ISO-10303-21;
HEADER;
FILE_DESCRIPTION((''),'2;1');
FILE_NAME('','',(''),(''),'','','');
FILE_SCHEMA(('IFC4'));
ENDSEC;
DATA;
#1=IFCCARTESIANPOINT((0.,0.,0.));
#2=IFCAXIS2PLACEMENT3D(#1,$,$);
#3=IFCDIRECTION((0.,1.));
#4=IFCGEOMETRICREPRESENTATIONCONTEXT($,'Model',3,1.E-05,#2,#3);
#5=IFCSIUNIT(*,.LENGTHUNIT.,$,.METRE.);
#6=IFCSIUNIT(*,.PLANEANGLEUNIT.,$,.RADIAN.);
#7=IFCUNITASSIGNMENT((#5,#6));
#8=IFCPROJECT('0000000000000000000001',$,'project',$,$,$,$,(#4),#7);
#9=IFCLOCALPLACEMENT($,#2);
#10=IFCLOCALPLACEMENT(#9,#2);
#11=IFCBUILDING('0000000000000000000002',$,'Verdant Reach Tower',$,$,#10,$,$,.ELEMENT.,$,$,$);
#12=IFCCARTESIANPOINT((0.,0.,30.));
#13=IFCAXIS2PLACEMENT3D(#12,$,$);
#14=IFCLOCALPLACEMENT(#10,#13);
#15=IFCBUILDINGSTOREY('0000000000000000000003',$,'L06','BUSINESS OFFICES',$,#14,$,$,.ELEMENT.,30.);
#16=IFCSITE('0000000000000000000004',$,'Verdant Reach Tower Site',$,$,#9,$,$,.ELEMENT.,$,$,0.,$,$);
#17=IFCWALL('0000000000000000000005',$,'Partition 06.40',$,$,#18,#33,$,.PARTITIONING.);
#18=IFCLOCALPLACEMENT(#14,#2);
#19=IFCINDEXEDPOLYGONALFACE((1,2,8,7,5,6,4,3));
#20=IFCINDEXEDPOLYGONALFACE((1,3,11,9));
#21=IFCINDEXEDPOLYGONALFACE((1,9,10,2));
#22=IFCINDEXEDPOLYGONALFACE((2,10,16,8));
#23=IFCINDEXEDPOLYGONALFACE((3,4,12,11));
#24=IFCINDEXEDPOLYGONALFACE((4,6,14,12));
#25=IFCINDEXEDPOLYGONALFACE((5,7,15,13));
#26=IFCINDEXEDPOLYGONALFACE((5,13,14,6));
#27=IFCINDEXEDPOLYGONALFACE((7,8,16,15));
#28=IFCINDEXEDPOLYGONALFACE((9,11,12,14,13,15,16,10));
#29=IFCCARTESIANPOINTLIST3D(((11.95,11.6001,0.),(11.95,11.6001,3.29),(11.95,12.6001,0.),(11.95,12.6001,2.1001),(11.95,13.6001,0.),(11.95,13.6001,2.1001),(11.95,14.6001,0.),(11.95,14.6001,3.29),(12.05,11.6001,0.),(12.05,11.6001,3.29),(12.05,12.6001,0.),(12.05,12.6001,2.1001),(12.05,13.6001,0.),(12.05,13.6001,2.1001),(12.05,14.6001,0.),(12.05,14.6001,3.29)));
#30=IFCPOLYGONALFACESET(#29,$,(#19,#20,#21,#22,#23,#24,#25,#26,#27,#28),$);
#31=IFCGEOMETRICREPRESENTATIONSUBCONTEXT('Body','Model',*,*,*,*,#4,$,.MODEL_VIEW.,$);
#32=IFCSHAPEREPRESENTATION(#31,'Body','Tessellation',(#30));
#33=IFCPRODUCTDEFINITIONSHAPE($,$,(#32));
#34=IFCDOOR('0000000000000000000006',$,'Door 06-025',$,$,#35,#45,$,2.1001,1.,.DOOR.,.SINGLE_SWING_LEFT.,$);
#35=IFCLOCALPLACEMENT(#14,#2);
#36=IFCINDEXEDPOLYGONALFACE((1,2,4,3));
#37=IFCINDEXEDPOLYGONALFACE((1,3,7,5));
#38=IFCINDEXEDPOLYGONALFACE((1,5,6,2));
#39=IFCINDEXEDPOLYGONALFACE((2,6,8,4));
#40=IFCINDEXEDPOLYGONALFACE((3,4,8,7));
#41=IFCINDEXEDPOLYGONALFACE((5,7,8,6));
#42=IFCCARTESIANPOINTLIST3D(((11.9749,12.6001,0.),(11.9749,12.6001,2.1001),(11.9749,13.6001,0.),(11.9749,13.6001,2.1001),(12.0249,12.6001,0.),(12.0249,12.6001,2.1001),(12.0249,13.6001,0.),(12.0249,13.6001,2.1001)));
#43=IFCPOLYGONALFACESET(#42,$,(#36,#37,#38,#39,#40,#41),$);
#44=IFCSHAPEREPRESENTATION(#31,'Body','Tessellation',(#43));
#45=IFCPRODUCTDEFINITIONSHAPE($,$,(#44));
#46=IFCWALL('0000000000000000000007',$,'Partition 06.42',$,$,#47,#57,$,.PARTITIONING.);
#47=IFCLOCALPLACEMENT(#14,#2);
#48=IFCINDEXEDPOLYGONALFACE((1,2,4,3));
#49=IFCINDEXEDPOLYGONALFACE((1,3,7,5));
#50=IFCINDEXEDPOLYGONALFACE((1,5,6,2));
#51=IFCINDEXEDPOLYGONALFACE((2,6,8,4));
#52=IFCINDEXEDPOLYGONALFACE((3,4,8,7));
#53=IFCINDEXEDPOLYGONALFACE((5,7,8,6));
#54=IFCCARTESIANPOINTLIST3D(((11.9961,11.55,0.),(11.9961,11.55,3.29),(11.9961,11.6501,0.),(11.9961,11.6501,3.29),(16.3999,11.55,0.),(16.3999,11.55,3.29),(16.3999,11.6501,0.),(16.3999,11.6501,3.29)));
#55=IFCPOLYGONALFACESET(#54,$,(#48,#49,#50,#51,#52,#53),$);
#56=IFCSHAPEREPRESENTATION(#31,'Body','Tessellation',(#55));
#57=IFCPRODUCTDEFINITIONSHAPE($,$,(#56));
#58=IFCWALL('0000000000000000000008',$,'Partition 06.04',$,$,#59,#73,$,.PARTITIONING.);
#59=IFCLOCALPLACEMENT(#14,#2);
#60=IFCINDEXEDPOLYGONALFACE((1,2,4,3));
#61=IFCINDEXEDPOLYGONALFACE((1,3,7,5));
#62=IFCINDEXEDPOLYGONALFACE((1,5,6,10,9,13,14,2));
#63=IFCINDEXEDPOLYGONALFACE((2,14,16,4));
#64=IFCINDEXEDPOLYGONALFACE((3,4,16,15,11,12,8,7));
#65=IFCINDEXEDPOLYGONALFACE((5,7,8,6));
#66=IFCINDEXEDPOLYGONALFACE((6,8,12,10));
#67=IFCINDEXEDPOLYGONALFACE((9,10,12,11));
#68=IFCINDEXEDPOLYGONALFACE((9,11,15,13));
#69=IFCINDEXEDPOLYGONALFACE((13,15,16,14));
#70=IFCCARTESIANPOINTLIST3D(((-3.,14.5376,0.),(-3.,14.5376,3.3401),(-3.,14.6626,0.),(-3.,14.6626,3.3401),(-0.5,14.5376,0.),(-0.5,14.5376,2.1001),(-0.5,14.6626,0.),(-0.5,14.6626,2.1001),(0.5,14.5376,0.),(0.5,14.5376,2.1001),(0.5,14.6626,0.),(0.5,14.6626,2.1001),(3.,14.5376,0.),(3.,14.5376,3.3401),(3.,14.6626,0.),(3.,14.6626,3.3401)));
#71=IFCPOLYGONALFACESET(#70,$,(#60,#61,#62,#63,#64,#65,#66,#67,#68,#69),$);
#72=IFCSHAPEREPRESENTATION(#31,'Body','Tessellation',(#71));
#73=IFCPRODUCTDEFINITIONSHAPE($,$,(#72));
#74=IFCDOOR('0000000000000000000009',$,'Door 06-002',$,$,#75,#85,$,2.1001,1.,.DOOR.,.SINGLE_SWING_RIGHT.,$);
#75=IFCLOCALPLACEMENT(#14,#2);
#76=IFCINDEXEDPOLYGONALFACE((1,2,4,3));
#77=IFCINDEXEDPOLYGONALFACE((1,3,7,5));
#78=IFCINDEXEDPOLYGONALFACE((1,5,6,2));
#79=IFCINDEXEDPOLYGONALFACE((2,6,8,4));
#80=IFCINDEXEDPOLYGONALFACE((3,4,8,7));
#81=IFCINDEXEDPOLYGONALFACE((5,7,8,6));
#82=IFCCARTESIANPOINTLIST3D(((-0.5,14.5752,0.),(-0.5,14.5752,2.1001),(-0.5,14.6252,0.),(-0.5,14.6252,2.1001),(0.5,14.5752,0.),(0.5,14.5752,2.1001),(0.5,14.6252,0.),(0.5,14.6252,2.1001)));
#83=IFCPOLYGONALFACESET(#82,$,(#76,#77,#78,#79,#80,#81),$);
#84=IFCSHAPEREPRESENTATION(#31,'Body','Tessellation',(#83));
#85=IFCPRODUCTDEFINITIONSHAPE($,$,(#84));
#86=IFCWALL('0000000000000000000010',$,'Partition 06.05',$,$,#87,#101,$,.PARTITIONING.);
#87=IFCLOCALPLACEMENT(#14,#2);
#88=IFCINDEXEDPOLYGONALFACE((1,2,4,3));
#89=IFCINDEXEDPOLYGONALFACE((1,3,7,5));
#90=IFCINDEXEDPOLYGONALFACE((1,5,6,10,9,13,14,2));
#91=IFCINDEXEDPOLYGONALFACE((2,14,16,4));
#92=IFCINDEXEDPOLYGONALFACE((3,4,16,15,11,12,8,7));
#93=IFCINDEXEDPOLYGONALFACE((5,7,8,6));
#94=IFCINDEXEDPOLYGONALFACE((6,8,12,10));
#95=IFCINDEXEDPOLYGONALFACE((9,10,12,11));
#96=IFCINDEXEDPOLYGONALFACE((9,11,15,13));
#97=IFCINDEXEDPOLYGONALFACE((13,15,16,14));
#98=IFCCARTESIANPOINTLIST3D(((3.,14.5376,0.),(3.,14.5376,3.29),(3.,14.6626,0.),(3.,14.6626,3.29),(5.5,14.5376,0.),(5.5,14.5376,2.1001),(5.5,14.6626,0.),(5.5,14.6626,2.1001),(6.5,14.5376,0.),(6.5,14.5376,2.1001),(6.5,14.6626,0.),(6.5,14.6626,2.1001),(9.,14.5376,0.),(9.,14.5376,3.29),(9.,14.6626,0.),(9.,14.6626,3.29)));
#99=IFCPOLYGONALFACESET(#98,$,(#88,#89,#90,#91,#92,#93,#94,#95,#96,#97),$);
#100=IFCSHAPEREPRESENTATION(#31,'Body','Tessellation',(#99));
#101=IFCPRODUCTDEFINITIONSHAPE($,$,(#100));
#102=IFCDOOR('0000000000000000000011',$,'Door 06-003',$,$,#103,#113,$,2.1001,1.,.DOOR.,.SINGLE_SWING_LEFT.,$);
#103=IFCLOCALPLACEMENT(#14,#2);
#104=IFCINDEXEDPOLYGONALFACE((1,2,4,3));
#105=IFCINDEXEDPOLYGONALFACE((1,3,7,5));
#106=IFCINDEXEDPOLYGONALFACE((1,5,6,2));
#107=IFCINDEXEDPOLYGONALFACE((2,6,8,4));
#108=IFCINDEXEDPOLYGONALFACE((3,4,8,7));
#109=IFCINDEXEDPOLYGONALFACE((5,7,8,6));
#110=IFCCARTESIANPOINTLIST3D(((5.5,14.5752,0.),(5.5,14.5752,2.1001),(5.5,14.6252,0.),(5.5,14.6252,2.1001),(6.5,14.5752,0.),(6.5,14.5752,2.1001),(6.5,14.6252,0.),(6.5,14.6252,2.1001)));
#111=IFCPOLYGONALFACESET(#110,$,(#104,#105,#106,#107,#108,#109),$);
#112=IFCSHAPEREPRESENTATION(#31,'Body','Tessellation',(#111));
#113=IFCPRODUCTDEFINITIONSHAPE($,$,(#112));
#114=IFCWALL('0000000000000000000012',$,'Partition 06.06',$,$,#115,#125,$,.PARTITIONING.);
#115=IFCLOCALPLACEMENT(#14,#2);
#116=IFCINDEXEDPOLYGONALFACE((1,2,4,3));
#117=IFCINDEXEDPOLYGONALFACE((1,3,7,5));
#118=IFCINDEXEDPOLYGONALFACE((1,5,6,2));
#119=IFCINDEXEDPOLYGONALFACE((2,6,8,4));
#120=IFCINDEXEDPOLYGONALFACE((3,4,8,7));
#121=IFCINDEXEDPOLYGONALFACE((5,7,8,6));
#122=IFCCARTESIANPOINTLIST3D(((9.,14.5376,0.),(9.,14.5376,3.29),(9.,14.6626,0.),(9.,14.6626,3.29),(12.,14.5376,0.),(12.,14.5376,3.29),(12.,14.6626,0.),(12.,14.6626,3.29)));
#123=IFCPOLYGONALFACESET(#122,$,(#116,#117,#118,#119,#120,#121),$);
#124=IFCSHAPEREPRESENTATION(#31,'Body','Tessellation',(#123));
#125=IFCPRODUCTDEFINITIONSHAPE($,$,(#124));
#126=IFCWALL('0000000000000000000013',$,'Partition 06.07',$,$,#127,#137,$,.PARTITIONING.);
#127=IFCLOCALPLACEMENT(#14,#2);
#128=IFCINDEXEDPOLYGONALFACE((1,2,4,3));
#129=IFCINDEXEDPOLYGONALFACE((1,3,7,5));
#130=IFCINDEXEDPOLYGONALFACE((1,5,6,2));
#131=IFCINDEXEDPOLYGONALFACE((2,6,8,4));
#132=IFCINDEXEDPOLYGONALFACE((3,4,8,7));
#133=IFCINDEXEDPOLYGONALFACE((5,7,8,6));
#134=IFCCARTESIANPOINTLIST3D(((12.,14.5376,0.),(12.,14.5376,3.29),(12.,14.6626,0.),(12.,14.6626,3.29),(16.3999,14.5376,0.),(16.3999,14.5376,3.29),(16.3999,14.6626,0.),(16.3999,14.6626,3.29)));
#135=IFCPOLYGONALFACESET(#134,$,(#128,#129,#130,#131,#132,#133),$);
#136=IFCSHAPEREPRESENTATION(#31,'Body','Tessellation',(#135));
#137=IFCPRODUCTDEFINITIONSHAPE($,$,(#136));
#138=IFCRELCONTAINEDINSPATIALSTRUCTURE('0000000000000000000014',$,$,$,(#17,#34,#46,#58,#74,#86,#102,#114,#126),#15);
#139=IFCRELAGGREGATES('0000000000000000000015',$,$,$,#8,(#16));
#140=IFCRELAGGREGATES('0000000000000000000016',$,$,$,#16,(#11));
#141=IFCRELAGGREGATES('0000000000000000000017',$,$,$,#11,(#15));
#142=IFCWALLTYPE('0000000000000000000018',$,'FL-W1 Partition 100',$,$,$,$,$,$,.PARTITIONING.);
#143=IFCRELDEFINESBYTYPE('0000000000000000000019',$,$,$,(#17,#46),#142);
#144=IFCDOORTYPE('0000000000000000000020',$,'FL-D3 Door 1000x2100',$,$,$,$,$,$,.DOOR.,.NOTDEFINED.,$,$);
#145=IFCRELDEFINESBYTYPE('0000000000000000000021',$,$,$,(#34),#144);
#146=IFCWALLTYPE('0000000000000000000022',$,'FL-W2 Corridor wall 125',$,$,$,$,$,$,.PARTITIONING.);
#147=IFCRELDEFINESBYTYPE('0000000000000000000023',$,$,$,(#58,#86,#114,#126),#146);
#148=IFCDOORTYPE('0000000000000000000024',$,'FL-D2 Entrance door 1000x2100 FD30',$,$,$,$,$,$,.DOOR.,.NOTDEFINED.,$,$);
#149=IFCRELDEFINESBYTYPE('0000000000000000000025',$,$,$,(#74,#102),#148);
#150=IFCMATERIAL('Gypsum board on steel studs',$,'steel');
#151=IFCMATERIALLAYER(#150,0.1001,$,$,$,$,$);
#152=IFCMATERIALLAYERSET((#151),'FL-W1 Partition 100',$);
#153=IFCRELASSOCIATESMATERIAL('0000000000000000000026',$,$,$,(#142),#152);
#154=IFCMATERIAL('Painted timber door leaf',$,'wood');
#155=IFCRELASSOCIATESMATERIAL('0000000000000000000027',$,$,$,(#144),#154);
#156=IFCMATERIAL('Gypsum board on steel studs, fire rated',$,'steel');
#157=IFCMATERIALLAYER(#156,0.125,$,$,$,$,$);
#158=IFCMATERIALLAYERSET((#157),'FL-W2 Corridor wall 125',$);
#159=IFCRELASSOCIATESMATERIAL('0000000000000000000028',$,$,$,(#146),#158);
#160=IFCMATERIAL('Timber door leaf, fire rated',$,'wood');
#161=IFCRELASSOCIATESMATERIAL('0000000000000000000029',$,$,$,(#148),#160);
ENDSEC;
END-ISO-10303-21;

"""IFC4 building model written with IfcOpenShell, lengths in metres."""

from ifc_helpers import new_model, si_unit, direction, frame, frame_2d, origin, place, context, subcontext, project, spatial, rectangle, extrude, material, layer, layer_set, type_object, element, fill, save


model = new_model("IFC4")

# Units and contexts
model_context = context("Model", 3, precision=1e-05, world=origin(), true_north=direction((0.0, 1.0)))
body_context = subcontext(model_context, "Body", "Model", "MODEL_VIEW")
ifc_project = project(units=[si_unit("LENGTHUNIT", "METRE"), si_unit("PLANEANGLEUNIT", "RADIAN")], contexts=[model_context])

# Site, building, storey
site_placement = place(None, origin())
site = spatial("IfcSite", under=ifc_project, at=site_placement, Name="Verdant Reach Tower Site", CompositionType="ELEMENT", RefElevation=0.0)
building_placement = place(site_placement, origin())
building = spatial("IfcBuilding", under=site, at=building_placement, Name="Verdant Reach Tower", CompositionType="ELEMENT")
storey_placement = place(building_placement, frame((0.0, 0.0, 30.0)))
storey = spatial("IfcBuildingStorey", under=building, at=storey_placement, Name="L06", Description="BUSINESS OFFICES", CompositionType="ELEMENT", Elevation=30.0)

# Shared definitions
ifc_material_1 = material(Name="Gypsum board on steel studs", Category="steel")

# Wall, opening, door
ifc_layer_1 = layer(ifc_material_1, 0.1001)
ifc_layer_set_1 = layer_set([ifc_layer_1], Name="FL-W1 Partition 100")
wall_type_1 = type_object("IfcWallType", Name="FL-W1 Partition 100", PredefinedType="PARTITIONING", material=ifc_layer_set_1)
ifc_material_2 = material(Name="Painted timber door leaf", Category="wood")
door_type_1 = type_object("IfcDoorType", Name="FL-D3 Door 1000x2100", OperationType="NOTDEFINED", PredefinedType="DOOR", material=ifc_material_2)
wall_1_placement = place(storey_placement, frame((12.0, 14.6001, 0.0), z_axis=(0.0, 0.0, 1.0), x_axis=(0.0, -1.0, 0.0)))
wall_1 = element("IfcWall", 1, at=wall_1_placement, inside=storey, type_object=wall_type_1, Name="Partition 06.40", PredefinedType="PARTITIONING", context=body_context, shape_type="SweptSolid", body=[
    extrude(rectangle(XDim=3.0, YDim=0.1001, at=frame_2d((1.5, 0.0))), origin(), (0.0, 0.0, 1.0), 3.29),
])
opening_1_placement = place(wall_1_placement, frame((1.0, 0.0, 0.0)))
opening_1 = element("IfcOpeningElement", 2, at=opening_1_placement, cuts=wall_1, PredefinedType="OPENING", context=body_context, shape_type="SweptSolid", body=[
    extrude(rectangle(XDim=1.0, YDim=2.1001, at=frame_2d((0.5, 1.05))), frame((0.0, 0.0601, 0.0), z_axis=(0.0, -1.0, 0.0), x_axis=(1.0, 0.0, 0.0)), (0.0, 0.0, 1.0), 0.1201),
])
door_1_placement = place(opening_1_placement, origin())
door_1 = element("IfcDoor", 3, at=door_1_placement, inside=storey, type_object=door_type_1, Name="Door 06-025", OperationType="SINGLE_SWING_LEFT", OverallHeight=2.1001, OverallWidth=1.0, PredefinedType="DOOR", context=body_context, shape_type="SweptSolid", body=[
    extrude(rectangle(XDim=1.0, YDim=2.1001, at=frame_2d((0.5, 1.05))), frame((0.0, 0.0249, 0.0), z_axis=(0.0, -1.0, 0.0), x_axis=(1.0, 0.0, 0.0)), (0.0, 0.0, 1.0), 0.05),
])
fill(opening_1, door_1)

# Wall
wall_2_placement = place(storey_placement, frame((11.9961, 11.6001, 0.0), z_axis=(0.0, 0.0, 1.0), x_axis=(1.0, 0.0, 0.0)))
element("IfcWall", 4, at=wall_2_placement, inside=storey, type_object=wall_type_1, Name="Partition 06.42", PredefinedType="PARTITIONING", context=body_context, shape_type="SweptSolid", body=[
    extrude(rectangle(XDim=4.4038, YDim=0.1001, at=frame_2d((2.2019, 0.0))), origin(), (0.0, 0.0, 1.0), 3.29),
])

# Walls, openings, doors
ifc_material_3 = material(Name="Gypsum board on steel studs, fire rated", Category="steel")
ifc_layer_2 = layer(ifc_material_3, 0.125)
ifc_layer_set_2 = layer_set([ifc_layer_2], Name="FL-W2 Corridor wall 125")
wall_type_2 = type_object("IfcWallType", Name="FL-W2 Corridor wall 125", PredefinedType="PARTITIONING", material=ifc_layer_set_2)
wall_3_placement = place(storey_placement, frame((3.0, 14.6001, 0.0), z_axis=(0.0, 0.0, 1.0), x_axis=(-1.0, 0.0, 0.0)))
wall_3 = element("IfcWall", 5, at=wall_3_placement, inside=storey, type_object=wall_type_2, Name="Partition 06.04", PredefinedType="PARTITIONING", context=body_context, shape_type="SweptSolid", body=[
    extrude(rectangle(XDim=6.0, YDim=0.125, at=frame_2d((3.0, 0.0))), origin(), (0.0, 0.0, 1.0), 3.3401),
])
opening_2_placement = place(wall_3_placement, frame((2.5, 0.0, 0.0)))
opening_2 = element("IfcOpeningElement", 6, at=opening_2_placement, cuts=wall_3, PredefinedType="OPENING", context=body_context, shape_type="SweptSolid", body=[
    extrude(rectangle(XDim=1.0, YDim=2.1001, at=frame_2d((0.5, 1.05))), frame((0.0, 0.0725, 0.0), z_axis=(0.0, -1.0, 0.0), x_axis=(1.0, 0.0, 0.0)), (0.0, 0.0, 1.0), 0.145),
])
ifc_material_4 = material(Name="Timber door leaf, fire rated", Category="wood")
door_type_2 = type_object("IfcDoorType", Name="FL-D2 Entrance door 1000x2100 FD30", OperationType="NOTDEFINED", PredefinedType="DOOR", material=ifc_material_4)
door_2_placement = place(opening_2_placement, origin())
door_2 = element("IfcDoor", 7, at=door_2_placement, inside=storey, type_object=door_type_2, Name="Door 06-002", OperationType="SINGLE_SWING_RIGHT", OverallHeight=2.1001, OverallWidth=1.0, PredefinedType="DOOR", context=body_context, shape_type="SweptSolid", body=[
    extrude(rectangle(XDim=1.0, YDim=2.1001, at=frame_2d((0.5, 1.05))), frame((0.0, 0.0249, 0.0), z_axis=(0.0, -1.0, 0.0), x_axis=(1.0, 0.0, 0.0)), (0.0, 0.0, 1.0), 0.05),
])
fill(opening_2, door_2)
wall_4_placement = place(storey_placement, frame((9.0, 14.6001, 0.0), z_axis=(0.0, 0.0, 1.0), x_axis=(-1.0, 0.0, 0.0)))
wall_4 = element("IfcWall", 8, at=wall_4_placement, inside=storey, type_object=wall_type_2, Name="Partition 06.05", PredefinedType="PARTITIONING", context=body_context, shape_type="SweptSolid", body=[
    extrude(rectangle(XDim=6.0, YDim=0.125, at=frame_2d((3.0, 0.0))), origin(), (0.0, 0.0, 1.0), 3.29),
])
opening_3_placement = place(wall_4_placement, frame((2.5, 0.0, 0.0)))
opening_3 = element("IfcOpeningElement", 9, at=opening_3_placement, cuts=wall_4, PredefinedType="OPENING", context=body_context, shape_type="SweptSolid", body=[
    extrude(rectangle(XDim=1.0, YDim=2.1001, at=frame_2d((0.5, 1.05))), frame((0.0, 0.0725, 0.0), z_axis=(0.0, -1.0, 0.0), x_axis=(1.0, 0.0, 0.0)), (0.0, 0.0, 1.0), 0.145),
])
door_3_placement = place(opening_3_placement, origin())
door_3 = element("IfcDoor", 10, at=door_3_placement, inside=storey, type_object=door_type_2, Name="Door 06-003", OperationType="SINGLE_SWING_LEFT", OverallHeight=2.1001, OverallWidth=1.0, PredefinedType="DOOR", context=body_context, shape_type="SweptSolid", body=[
    extrude(rectangle(XDim=1.0, YDim=2.1001, at=frame_2d((0.5, 1.05))), frame((0.0, 0.0249, 0.0), z_axis=(0.0, -1.0, 0.0), x_axis=(1.0, 0.0, 0.0)), (0.0, 0.0, 1.0), 0.05),
])
fill(opening_3, door_3)

# Walls
wall_5_placement = place(storey_placement, frame((9.0, 14.6001, 0.0), z_axis=(0.0, 0.0, 1.0), x_axis=(1.0, 0.0, 0.0)))
element("IfcWall", 11, at=wall_5_placement, inside=storey, type_object=wall_type_2, Name="Partition 06.06", PredefinedType="PARTITIONING", context=body_context, shape_type="SweptSolid", body=[
    extrude(rectangle(XDim=3.0, YDim=0.125, at=frame_2d((1.5, 0.0))), origin(), (0.0, 0.0, 1.0), 3.29),
])
wall_6_placement = place(storey_placement, frame((12.0, 14.6001, 0.0), z_axis=(0.0, 0.0, 1.0), x_axis=(1.0, 0.0, 0.0)))
element("IfcWall", 12, at=wall_6_placement, inside=storey, type_object=wall_type_2, Name="Partition 06.07", PredefinedType="PARTITIONING", context=body_context, shape_type="SweptSolid", body=[
    extrude(rectangle(XDim=4.3999, YDim=0.125, at=frame_2d((2.2, 0.0))), origin(), (0.0, 0.0, 1.0), 3.29),
])

save(model, "model.ifc")
